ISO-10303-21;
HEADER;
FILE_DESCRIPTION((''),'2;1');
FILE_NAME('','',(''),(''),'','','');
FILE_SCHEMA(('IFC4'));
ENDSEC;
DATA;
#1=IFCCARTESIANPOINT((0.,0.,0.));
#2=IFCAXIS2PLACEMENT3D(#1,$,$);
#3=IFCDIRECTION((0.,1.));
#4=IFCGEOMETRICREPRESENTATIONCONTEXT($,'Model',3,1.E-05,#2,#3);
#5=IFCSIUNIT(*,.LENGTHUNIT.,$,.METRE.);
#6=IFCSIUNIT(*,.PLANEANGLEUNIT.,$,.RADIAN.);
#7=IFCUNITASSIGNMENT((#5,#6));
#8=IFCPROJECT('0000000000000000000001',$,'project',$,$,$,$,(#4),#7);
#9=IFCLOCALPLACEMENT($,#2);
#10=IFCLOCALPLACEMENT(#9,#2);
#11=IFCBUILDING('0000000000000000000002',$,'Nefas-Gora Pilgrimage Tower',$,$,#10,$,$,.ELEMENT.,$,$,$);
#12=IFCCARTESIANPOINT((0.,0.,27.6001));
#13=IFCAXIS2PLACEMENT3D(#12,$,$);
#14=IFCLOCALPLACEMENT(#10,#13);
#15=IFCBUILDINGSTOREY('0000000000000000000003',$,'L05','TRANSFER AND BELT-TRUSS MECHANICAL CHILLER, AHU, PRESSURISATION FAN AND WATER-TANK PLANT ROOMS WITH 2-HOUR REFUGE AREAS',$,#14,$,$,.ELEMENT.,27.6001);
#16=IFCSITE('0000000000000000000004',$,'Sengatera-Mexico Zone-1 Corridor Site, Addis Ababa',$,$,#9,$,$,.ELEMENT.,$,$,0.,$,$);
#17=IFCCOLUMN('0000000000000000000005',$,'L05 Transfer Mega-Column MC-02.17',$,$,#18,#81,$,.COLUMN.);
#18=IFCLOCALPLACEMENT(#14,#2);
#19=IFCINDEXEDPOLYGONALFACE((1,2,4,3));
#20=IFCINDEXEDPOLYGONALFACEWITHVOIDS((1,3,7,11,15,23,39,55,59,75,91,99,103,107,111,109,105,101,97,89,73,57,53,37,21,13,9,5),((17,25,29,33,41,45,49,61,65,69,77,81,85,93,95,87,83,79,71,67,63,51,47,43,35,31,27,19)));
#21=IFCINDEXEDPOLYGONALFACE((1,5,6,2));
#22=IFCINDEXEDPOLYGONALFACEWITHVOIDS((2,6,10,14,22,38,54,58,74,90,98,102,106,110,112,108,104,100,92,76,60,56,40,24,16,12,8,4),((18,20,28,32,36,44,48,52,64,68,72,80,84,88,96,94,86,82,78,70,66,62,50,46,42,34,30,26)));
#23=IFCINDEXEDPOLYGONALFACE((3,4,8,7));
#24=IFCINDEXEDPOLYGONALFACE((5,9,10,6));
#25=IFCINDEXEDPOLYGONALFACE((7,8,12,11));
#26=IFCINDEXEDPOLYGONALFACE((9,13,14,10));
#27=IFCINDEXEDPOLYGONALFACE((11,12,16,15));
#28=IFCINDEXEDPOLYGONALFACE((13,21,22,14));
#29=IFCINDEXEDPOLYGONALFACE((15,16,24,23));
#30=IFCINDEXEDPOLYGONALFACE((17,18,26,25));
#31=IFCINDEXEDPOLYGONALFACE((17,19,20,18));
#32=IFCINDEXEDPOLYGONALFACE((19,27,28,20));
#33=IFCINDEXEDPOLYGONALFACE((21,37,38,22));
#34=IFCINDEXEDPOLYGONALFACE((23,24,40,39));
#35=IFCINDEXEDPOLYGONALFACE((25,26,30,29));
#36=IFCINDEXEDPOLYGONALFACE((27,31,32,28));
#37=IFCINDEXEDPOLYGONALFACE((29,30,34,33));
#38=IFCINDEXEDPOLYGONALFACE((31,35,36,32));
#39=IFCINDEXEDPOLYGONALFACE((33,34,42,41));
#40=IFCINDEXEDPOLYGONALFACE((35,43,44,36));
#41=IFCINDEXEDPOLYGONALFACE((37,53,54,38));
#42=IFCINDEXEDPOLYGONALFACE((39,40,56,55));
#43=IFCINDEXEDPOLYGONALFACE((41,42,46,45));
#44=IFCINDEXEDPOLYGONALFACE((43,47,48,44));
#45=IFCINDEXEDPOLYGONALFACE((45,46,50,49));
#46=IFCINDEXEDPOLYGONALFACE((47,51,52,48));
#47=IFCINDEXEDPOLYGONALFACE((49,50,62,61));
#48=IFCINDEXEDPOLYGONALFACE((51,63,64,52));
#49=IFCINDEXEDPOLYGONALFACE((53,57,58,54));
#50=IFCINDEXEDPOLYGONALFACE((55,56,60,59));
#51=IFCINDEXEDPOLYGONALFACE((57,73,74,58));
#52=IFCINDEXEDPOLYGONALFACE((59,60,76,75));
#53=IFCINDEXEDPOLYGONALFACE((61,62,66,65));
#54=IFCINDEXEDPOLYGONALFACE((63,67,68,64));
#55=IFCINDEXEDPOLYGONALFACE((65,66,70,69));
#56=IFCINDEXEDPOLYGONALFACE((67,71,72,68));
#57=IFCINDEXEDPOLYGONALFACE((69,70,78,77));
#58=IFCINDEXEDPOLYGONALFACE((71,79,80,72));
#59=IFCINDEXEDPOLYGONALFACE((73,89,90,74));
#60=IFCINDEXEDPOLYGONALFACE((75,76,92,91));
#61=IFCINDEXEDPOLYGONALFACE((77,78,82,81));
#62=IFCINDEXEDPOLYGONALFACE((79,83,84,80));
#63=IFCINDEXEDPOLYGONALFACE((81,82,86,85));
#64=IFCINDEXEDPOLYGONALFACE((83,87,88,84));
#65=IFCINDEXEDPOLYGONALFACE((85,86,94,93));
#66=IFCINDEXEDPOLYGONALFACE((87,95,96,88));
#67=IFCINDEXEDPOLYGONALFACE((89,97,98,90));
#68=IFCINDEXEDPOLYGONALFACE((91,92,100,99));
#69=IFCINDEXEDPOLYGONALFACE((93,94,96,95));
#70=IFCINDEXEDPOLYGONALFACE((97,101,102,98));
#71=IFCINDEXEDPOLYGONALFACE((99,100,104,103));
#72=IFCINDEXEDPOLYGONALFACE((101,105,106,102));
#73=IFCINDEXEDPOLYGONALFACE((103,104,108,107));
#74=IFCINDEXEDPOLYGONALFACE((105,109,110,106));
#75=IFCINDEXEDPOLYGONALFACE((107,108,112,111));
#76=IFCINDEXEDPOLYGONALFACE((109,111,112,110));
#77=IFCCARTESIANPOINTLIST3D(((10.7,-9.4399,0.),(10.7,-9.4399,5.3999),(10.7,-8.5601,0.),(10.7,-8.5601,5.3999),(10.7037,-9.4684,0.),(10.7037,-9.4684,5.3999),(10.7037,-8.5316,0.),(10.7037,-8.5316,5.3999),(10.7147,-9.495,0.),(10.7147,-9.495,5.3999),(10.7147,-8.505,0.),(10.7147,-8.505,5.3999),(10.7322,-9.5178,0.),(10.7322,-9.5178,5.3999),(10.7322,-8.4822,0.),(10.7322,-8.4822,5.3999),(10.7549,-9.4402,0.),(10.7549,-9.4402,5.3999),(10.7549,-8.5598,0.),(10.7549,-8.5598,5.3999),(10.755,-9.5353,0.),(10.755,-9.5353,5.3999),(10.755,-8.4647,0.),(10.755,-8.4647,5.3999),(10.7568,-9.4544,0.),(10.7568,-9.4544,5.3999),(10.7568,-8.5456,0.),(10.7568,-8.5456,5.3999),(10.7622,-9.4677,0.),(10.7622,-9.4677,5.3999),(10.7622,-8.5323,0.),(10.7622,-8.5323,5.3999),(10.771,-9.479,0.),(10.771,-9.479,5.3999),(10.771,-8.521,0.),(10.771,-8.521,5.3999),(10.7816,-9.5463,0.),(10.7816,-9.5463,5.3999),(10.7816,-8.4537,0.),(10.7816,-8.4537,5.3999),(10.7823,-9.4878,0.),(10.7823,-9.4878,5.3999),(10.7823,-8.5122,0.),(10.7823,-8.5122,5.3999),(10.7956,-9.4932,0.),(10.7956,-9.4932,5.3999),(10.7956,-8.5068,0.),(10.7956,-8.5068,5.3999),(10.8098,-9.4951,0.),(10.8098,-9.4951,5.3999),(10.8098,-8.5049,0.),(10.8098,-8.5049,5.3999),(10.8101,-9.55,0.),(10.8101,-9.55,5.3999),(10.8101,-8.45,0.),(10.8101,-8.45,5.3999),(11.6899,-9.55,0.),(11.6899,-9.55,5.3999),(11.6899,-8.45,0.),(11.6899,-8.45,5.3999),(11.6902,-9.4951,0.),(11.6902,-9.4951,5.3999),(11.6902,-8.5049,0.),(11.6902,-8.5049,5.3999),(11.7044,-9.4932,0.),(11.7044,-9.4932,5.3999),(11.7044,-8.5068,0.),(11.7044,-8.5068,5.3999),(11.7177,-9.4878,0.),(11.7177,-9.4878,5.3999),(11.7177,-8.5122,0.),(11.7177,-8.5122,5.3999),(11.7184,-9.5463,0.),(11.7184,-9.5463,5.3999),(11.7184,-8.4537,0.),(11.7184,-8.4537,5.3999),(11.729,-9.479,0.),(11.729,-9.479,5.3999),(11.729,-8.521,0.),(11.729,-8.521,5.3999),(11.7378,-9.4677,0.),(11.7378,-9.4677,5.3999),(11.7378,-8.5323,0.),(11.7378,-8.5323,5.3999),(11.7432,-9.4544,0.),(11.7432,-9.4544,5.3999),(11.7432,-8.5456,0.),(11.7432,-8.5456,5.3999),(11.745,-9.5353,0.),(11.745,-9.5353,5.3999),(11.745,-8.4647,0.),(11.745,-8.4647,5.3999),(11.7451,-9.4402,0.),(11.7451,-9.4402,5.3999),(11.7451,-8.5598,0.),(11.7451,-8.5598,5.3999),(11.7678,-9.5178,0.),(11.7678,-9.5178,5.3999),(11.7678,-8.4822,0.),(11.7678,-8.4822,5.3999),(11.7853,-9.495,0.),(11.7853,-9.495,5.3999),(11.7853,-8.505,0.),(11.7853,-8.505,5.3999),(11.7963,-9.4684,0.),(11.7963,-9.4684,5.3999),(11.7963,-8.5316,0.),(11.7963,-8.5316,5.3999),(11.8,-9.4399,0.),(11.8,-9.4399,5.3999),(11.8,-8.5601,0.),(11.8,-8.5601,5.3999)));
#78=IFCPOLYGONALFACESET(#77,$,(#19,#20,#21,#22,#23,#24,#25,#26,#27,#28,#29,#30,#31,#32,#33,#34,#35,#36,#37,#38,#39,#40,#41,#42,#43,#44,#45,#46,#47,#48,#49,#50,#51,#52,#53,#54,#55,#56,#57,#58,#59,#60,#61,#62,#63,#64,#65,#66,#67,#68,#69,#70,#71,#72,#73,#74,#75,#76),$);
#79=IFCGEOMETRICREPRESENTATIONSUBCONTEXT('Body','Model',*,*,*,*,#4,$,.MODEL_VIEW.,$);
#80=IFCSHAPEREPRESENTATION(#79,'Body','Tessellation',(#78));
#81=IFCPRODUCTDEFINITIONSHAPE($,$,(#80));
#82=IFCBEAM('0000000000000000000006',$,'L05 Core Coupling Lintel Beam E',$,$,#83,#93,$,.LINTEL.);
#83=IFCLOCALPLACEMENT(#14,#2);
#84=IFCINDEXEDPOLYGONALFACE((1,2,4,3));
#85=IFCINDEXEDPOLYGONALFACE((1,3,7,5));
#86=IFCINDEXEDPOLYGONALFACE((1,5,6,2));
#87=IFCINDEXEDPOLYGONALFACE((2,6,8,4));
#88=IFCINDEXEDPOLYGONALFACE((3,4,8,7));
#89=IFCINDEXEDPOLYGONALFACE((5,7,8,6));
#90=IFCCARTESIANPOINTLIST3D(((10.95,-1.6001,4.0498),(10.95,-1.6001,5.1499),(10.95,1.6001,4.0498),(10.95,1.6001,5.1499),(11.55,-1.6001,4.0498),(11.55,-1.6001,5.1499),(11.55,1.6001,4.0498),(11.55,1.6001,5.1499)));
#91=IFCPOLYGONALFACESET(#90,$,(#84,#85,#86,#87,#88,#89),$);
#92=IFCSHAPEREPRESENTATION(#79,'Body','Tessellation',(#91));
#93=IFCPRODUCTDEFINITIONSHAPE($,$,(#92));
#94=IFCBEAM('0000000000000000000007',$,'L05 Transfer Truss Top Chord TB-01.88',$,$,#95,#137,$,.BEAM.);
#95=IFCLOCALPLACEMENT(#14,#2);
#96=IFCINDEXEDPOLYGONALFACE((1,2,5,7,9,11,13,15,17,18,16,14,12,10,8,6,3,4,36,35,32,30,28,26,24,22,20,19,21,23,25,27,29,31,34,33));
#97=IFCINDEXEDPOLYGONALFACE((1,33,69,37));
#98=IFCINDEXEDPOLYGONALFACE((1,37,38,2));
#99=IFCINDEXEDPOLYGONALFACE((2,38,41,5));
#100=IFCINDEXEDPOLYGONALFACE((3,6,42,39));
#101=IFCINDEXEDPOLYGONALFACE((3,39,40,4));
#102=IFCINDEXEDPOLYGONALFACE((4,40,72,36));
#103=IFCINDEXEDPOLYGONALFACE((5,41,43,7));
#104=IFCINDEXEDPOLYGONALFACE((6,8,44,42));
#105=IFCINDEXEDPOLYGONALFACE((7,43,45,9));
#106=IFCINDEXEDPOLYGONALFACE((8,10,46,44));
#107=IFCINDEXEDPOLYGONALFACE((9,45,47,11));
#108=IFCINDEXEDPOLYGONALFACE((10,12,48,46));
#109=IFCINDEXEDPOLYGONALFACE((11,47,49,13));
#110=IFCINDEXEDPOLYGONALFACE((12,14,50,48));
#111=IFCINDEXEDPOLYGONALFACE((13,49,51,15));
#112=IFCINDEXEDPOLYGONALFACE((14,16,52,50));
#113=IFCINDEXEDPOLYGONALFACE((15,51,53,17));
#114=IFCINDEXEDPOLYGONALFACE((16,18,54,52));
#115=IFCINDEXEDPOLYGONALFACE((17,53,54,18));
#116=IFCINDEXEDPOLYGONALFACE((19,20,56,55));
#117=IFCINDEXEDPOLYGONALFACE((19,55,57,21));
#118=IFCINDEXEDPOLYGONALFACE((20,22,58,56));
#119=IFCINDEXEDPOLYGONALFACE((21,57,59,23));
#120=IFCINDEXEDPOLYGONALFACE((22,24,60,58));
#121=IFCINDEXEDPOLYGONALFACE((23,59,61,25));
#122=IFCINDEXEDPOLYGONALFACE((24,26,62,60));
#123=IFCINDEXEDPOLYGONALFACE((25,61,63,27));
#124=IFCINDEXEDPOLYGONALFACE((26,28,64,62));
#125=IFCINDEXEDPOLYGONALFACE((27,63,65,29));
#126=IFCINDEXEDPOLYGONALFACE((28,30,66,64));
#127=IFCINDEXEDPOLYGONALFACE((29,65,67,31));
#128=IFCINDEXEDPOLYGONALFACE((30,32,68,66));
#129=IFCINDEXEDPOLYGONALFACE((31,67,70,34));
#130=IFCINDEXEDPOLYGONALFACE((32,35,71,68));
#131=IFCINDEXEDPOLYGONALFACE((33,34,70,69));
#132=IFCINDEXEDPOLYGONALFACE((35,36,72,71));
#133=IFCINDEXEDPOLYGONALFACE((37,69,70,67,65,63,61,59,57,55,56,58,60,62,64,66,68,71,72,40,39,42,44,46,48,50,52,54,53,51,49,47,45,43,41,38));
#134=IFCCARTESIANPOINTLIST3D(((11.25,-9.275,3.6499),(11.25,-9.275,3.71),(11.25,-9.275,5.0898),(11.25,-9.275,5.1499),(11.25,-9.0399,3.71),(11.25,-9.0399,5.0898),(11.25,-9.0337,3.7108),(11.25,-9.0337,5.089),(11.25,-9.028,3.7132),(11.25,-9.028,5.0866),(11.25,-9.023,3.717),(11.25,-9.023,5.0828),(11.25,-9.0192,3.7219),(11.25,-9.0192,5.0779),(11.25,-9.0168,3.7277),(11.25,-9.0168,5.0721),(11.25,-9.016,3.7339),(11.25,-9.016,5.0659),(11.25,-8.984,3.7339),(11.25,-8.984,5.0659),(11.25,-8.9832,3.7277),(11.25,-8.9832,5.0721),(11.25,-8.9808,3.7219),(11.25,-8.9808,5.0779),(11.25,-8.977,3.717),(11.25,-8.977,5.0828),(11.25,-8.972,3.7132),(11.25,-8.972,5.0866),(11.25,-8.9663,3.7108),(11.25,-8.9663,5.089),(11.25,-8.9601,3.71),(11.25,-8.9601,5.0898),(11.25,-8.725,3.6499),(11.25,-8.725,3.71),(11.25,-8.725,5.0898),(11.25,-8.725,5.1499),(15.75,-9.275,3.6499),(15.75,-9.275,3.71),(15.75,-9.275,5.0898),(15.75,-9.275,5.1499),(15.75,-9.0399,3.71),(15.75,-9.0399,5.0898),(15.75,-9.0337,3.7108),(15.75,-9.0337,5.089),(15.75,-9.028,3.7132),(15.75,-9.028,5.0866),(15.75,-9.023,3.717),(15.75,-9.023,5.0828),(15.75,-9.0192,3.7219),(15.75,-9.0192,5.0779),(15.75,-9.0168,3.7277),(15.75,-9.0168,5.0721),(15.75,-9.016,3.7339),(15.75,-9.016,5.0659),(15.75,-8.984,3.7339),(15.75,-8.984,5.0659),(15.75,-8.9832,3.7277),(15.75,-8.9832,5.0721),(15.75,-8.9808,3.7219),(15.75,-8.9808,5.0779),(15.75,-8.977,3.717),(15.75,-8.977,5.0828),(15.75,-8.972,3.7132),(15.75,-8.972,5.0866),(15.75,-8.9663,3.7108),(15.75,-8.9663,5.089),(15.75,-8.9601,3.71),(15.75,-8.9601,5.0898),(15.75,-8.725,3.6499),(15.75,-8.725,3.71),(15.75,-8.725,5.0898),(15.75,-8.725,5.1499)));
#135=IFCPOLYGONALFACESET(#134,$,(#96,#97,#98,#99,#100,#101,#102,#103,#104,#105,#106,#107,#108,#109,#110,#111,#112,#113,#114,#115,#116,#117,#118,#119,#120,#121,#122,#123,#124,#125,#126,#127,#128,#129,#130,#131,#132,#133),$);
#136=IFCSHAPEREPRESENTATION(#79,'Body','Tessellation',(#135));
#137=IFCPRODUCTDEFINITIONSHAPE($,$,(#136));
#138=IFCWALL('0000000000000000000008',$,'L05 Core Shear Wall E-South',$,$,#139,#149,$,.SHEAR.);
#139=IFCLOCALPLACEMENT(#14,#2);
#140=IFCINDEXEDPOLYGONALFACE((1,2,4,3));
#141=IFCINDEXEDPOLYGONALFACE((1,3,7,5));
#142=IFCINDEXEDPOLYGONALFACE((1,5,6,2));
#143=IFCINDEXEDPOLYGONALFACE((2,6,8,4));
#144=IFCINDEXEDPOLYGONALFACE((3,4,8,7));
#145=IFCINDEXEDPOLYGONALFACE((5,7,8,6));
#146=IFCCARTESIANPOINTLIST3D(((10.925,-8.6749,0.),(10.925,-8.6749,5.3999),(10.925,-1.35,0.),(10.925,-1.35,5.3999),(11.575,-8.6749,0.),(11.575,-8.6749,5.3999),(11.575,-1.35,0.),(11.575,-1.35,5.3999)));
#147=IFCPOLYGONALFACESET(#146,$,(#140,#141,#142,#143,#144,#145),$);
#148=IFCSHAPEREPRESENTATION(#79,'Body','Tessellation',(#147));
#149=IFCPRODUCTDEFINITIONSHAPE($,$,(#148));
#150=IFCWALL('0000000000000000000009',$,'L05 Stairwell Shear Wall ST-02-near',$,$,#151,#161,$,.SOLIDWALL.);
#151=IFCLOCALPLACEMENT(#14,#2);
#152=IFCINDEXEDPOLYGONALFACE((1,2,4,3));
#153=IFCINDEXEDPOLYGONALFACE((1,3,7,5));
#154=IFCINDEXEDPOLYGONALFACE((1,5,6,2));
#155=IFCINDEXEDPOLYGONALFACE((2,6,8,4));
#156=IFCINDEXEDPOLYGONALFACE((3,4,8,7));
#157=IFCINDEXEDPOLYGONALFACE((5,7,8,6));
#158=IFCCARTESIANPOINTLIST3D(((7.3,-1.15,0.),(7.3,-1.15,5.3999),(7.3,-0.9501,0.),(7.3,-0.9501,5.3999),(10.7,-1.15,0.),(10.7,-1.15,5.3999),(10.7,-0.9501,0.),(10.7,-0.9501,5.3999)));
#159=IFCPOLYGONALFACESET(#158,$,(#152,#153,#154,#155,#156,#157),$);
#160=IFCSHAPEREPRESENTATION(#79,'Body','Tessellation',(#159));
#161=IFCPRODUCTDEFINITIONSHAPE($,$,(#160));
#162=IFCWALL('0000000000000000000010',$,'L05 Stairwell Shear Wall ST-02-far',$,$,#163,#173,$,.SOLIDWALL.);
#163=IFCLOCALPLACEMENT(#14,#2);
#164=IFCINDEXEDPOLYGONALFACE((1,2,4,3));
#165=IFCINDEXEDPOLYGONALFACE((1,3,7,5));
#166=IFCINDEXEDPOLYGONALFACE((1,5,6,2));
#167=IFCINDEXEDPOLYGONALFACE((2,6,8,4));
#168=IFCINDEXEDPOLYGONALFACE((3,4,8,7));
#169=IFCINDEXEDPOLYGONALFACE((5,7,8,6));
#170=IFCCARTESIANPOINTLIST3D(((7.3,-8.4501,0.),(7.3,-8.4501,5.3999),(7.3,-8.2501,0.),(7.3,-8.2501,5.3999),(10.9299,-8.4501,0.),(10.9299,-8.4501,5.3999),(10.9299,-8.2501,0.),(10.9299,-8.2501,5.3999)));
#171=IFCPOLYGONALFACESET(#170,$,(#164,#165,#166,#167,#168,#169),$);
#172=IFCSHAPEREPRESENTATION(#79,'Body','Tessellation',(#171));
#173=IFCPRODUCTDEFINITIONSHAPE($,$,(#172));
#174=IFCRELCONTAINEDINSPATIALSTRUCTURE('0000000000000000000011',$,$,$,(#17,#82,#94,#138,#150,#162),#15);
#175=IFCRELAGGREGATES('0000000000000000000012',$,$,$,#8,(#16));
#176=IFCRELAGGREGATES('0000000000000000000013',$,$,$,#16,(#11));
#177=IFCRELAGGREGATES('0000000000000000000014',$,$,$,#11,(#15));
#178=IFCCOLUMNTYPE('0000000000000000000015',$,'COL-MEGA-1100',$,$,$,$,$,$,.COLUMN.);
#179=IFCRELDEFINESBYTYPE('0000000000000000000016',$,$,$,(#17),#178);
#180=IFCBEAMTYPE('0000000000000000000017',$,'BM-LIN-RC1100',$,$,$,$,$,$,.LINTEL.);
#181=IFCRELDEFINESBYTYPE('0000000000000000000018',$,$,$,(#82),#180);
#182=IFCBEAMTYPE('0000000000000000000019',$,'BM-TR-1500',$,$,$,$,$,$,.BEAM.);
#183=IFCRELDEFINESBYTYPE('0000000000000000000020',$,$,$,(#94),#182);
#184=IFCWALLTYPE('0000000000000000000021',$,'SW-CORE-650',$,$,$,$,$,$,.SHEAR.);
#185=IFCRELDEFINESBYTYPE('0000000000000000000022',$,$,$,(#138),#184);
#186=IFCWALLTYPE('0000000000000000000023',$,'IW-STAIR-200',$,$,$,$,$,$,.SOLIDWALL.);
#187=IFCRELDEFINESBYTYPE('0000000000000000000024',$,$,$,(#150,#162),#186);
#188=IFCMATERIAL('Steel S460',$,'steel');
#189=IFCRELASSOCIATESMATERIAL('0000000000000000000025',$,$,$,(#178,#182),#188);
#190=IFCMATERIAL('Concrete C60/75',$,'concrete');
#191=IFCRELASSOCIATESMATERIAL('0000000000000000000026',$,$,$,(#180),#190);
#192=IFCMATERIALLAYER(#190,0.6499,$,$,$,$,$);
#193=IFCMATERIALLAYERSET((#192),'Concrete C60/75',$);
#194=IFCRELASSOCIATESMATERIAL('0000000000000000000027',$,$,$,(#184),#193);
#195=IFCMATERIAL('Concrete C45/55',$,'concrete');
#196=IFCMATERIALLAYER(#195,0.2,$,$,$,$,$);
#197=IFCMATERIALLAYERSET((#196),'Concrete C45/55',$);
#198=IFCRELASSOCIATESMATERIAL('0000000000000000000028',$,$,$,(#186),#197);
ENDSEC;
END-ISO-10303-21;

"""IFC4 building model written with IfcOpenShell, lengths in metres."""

from ifc_helpers import new_model, si_unit, direction, frame, frame_2d, origin, origin_2d, place, context, subcontext, project, spatial, rectangle, hollow_rectangle, i_section, extrude, source, transform, mapped, material, layer, layer_set, material_profile, profile_set, type_object, element, save


model = new_model("IFC4")

# Units and contexts
model_context = context("Model", 3, precision=1e-05, world=origin(), true_north=direction((0.0, 1.0)))
body_context = subcontext(model_context, "Body", "Model", "MODEL_VIEW")
ifc_project = project(units=[si_unit("LENGTHUNIT", "METRE"), si_unit("PLANEANGLEUNIT", "RADIAN")], contexts=[model_context])

# Site, building, storey
site_placement = place(None, origin())
site = spatial("IfcSite", under=ifc_project, at=site_placement, Name="Sengatera-Mexico Zone-1 Corridor Site, Addis Ababa", CompositionType="ELEMENT", RefElevation=0.0)
building_placement = place(site_placement, origin())
building = spatial("IfcBuilding", under=site, at=building_placement, Name="Nefas-Gora Pilgrimage Tower", CompositionType="ELEMENT")
storey_placement = place(building_placement, frame((0.0, 0.0, 27.6001)))
storey = spatial("IfcBuildingStorey", under=building, at=storey_placement, Name="L05", Description="TRANSFER AND BELT-TRUSS MECHANICAL CHILLER, AHU, PRESSURISATION FAN AND WATER-TANK PLANT ROOMS WITH 2-HOUR REFUGE AREAS", CompositionType="ELEMENT", Elevation=27.6001)

# Column
ifc_material_1 = material(Name="Steel S460", Category="steel")
ifc_material_profile_1 = material_profile(ifc_material_1, hollow_rectangle(XDim=1.1001, YDim=1.1001, WallThickness=0.0549, InnerFilletRadius=0.0549, OuterFilletRadius=0.1101, at=origin_2d()), Name="BOX 1100x1100x55")
ifc_profile_set_1 = profile_set([ifc_material_profile_1], Name="Steel S460")
column_type = type_object("IfcColumnType", Name="COL-MEGA-1100", PredefinedType="COLUMN", material=ifc_profile_set_1)
shared_shape_1 = source(origin(), body_context, "Body", "SweptSolid", [
    extrude(hollow_rectangle(XDim=1.1001, YDim=1.1001, WallThickness=0.0549, InnerFilletRadius=0.0549, OuterFilletRadius=0.1101, at=origin_2d()), origin(), (0.0, 0.0, 1.0), 5.3999),
])
column_placement = place(storey_placement, frame((11.25, -9.0, 0.0), z_axis=(0.0, 0.0, 1.0), x_axis=(1.0, 0.0, 0.0)))
element("IfcColumn", 1, at=column_placement, inside=storey, type_object=column_type, Name="L05 Transfer Mega-Column MC-02.17", PredefinedType="COLUMN", context=body_context, shape_type="MappedRepresentation", body=[
    mapped(shared_shape_1, transform((0.0, 0.0, 0.0), x_axis=(1.0, 0.0, 0.0), y_axis=(0.0, 1.0, 0.0), z_axis=(0.0, 0.0, 1.0), scale=1.0)),
])

# Beams
ifc_material_2 = material(Name="Concrete C60/75", Category="concrete")
ifc_material_profile_2 = material_profile(ifc_material_2, rectangle(XDim=0.6001, YDim=1.1001, at=origin_2d()), Name="RC 600x1100")
ifc_profile_set_2 = profile_set([ifc_material_profile_2], Name="Concrete C60/75")
beam_type_1 = type_object("IfcBeamType", Name="BM-LIN-RC1100", PredefinedType="LINTEL", material=ifc_profile_set_2)
shared_shape_2 = source(origin(), body_context, "Body", "SweptSolid", [
    extrude(rectangle(XDim=0.6001, YDim=1.1001, at=origin_2d()), origin(), (0.0, 0.0, 1.0), 3.2002),
])
beam_1_placement = place(storey_placement, frame((11.25, -1.6001, 4.5999), z_axis=(0.0, 1.0, 0.0), x_axis=(-1.0, 0.0, 0.0)))
element("IfcBeam", 2, at=beam_1_placement, inside=storey, type_object=beam_type_1, Name="L05 Core Coupling Lintel Beam E", PredefinedType="LINTEL", context=body_context, shape_type="MappedRepresentation", body=[
    mapped(shared_shape_2, transform((0.0, 0.0, 0.0), x_axis=(1.0, 0.0, 0.0), y_axis=(0.0, 1.0, 0.0), z_axis=(0.0, 0.0, 1.0), scale=1.0)),
])
ifc_material_profile_3 = material_profile(ifc_material_1, i_section(OverallWidth=0.55, OverallDepth=1.5, WebThickness=0.032, FlangeThickness=0.0601, FilletRadius=0.0239, at=origin_2d()), Name="WPG 1500x550x32x60")
ifc_profile_set_3 = profile_set([ifc_material_profile_3], Name="Steel S460")
beam_type_2 = type_object("IfcBeamType", Name="BM-TR-1500", PredefinedType="BEAM", material=ifc_profile_set_3)
shared_shape_3 = source(origin(), body_context, "Body", "SweptSolid", [
    extrude(i_section(OverallWidth=0.55, OverallDepth=1.5, WebThickness=0.032, FlangeThickness=0.0601, FilletRadius=0.0239, at=origin_2d()), origin(), (0.0, 0.0, 1.0), 4.5),
])
beam_2_placement = place(storey_placement, frame((11.25, -9.0, 4.3999), z_axis=(1.0, 0.0, 0.0), x_axis=(0.0, 1.0, 0.0)))
element("IfcBeam", 3, at=beam_2_placement, inside=storey, type_object=beam_type_2, Name="L05 Transfer Truss Top Chord TB-01.88", PredefinedType="BEAM", context=body_context, shape_type="MappedRepresentation", body=[
    mapped(shared_shape_3, transform((0.0, 0.0, 0.0), x_axis=(1.0, 0.0, 0.0), y_axis=(0.0, 1.0, 0.0), z_axis=(0.0, 0.0, 1.0), scale=1.0)),
])

# Walls
ifc_layer_1 = layer(ifc_material_2, 0.6499)
ifc_layer_set_1 = layer_set([ifc_layer_1], Name="Concrete C60/75")
wall_type_1 = type_object("IfcWallType", Name="SW-CORE-650", PredefinedType="SHEAR", material=ifc_layer_set_1)
shared_shape_4 = source(origin(), body_context, "Body", "SweptSolid", [
    extrude(rectangle(XDim=7.325, YDim=0.6499, at=frame_2d((3.6626, 0.0))), origin(), (0.0, 0.0, 1.0), 5.3999),
])
wall_1_placement = place(storey_placement, frame((11.25, -8.675, 0.0), z_axis=(0.0, 0.0, 1.0), x_axis=(0.0, 1.0, 0.0)))
element("IfcWall", 4, at=wall_1_placement, inside=storey, type_object=wall_type_1, Name="L05 Core Shear Wall E-South", PredefinedType="SHEAR", context=body_context, shape_type="MappedRepresentation", body=[
    mapped(shared_shape_4, transform((0.0, 0.0, 0.0), x_axis=(1.0, 0.0, 0.0), y_axis=(0.0, 1.0, 0.0), z_axis=(0.0, 0.0, 1.0), scale=1.0)),
])
ifc_material_3 = material(Name="Concrete C45/55", Category="concrete")
ifc_layer_2 = layer(ifc_material_3, 0.2)
ifc_layer_set_2 = layer_set([ifc_layer_2], Name="Concrete C45/55")
wall_type_2 = type_object("IfcWallType", Name="IW-STAIR-200", PredefinedType="SOLIDWALL", material=ifc_layer_set_2)
shared_shape_5 = source(origin(), body_context, "Body", "SweptSolid", [
    extrude(rectangle(XDim=3.3999, YDim=0.2, at=frame_2d((1.7, 0.0))), origin(), (0.0, 0.0, 1.0), 5.3999),
])
wall_2_placement = place(storey_placement, frame((7.3, -1.05, 0.0), z_axis=(0.0, 0.0, 1.0), x_axis=(1.0, 0.0, 0.0)))
element("IfcWall", 5, at=wall_2_placement, inside=storey, type_object=wall_type_2, Name="L05 Stairwell Shear Wall ST-02-near", PredefinedType="SOLIDWALL", context=body_context, shape_type="MappedRepresentation", body=[
    mapped(shared_shape_5, transform((0.0, 0.0, 0.0), x_axis=(1.0, 0.0, 0.0), y_axis=(0.0, 1.0, 0.0), z_axis=(0.0, 0.0, 1.0), scale=1.0)),
])
shared_shape_6 = source(origin(), body_context, "Body", "SweptSolid", [
    extrude(rectangle(XDim=3.6299, YDim=0.2, at=frame_2d((1.8149, 0.0))), origin(), (0.0, 0.0, 1.0), 5.3999),
])
wall_3_placement = place(storey_placement, frame((7.3, -8.3501, 0.0), z_axis=(0.0, 0.0, 1.0), x_axis=(1.0, 0.0, 0.0)))
element("IfcWall", 6, at=wall_3_placement, inside=storey, type_object=wall_type_2, Name="L05 Stairwell Shear Wall ST-02-far", PredefinedType="SOLIDWALL", context=body_context, shape_type="MappedRepresentation", body=[
    mapped(shared_shape_6, transform((0.0, 0.0, 0.0), x_axis=(1.0, 0.0, 0.0), y_axis=(0.0, 1.0, 0.0), z_axis=(0.0, 0.0, 1.0), scale=1.0)),
])

save(model, "model.ifc")
